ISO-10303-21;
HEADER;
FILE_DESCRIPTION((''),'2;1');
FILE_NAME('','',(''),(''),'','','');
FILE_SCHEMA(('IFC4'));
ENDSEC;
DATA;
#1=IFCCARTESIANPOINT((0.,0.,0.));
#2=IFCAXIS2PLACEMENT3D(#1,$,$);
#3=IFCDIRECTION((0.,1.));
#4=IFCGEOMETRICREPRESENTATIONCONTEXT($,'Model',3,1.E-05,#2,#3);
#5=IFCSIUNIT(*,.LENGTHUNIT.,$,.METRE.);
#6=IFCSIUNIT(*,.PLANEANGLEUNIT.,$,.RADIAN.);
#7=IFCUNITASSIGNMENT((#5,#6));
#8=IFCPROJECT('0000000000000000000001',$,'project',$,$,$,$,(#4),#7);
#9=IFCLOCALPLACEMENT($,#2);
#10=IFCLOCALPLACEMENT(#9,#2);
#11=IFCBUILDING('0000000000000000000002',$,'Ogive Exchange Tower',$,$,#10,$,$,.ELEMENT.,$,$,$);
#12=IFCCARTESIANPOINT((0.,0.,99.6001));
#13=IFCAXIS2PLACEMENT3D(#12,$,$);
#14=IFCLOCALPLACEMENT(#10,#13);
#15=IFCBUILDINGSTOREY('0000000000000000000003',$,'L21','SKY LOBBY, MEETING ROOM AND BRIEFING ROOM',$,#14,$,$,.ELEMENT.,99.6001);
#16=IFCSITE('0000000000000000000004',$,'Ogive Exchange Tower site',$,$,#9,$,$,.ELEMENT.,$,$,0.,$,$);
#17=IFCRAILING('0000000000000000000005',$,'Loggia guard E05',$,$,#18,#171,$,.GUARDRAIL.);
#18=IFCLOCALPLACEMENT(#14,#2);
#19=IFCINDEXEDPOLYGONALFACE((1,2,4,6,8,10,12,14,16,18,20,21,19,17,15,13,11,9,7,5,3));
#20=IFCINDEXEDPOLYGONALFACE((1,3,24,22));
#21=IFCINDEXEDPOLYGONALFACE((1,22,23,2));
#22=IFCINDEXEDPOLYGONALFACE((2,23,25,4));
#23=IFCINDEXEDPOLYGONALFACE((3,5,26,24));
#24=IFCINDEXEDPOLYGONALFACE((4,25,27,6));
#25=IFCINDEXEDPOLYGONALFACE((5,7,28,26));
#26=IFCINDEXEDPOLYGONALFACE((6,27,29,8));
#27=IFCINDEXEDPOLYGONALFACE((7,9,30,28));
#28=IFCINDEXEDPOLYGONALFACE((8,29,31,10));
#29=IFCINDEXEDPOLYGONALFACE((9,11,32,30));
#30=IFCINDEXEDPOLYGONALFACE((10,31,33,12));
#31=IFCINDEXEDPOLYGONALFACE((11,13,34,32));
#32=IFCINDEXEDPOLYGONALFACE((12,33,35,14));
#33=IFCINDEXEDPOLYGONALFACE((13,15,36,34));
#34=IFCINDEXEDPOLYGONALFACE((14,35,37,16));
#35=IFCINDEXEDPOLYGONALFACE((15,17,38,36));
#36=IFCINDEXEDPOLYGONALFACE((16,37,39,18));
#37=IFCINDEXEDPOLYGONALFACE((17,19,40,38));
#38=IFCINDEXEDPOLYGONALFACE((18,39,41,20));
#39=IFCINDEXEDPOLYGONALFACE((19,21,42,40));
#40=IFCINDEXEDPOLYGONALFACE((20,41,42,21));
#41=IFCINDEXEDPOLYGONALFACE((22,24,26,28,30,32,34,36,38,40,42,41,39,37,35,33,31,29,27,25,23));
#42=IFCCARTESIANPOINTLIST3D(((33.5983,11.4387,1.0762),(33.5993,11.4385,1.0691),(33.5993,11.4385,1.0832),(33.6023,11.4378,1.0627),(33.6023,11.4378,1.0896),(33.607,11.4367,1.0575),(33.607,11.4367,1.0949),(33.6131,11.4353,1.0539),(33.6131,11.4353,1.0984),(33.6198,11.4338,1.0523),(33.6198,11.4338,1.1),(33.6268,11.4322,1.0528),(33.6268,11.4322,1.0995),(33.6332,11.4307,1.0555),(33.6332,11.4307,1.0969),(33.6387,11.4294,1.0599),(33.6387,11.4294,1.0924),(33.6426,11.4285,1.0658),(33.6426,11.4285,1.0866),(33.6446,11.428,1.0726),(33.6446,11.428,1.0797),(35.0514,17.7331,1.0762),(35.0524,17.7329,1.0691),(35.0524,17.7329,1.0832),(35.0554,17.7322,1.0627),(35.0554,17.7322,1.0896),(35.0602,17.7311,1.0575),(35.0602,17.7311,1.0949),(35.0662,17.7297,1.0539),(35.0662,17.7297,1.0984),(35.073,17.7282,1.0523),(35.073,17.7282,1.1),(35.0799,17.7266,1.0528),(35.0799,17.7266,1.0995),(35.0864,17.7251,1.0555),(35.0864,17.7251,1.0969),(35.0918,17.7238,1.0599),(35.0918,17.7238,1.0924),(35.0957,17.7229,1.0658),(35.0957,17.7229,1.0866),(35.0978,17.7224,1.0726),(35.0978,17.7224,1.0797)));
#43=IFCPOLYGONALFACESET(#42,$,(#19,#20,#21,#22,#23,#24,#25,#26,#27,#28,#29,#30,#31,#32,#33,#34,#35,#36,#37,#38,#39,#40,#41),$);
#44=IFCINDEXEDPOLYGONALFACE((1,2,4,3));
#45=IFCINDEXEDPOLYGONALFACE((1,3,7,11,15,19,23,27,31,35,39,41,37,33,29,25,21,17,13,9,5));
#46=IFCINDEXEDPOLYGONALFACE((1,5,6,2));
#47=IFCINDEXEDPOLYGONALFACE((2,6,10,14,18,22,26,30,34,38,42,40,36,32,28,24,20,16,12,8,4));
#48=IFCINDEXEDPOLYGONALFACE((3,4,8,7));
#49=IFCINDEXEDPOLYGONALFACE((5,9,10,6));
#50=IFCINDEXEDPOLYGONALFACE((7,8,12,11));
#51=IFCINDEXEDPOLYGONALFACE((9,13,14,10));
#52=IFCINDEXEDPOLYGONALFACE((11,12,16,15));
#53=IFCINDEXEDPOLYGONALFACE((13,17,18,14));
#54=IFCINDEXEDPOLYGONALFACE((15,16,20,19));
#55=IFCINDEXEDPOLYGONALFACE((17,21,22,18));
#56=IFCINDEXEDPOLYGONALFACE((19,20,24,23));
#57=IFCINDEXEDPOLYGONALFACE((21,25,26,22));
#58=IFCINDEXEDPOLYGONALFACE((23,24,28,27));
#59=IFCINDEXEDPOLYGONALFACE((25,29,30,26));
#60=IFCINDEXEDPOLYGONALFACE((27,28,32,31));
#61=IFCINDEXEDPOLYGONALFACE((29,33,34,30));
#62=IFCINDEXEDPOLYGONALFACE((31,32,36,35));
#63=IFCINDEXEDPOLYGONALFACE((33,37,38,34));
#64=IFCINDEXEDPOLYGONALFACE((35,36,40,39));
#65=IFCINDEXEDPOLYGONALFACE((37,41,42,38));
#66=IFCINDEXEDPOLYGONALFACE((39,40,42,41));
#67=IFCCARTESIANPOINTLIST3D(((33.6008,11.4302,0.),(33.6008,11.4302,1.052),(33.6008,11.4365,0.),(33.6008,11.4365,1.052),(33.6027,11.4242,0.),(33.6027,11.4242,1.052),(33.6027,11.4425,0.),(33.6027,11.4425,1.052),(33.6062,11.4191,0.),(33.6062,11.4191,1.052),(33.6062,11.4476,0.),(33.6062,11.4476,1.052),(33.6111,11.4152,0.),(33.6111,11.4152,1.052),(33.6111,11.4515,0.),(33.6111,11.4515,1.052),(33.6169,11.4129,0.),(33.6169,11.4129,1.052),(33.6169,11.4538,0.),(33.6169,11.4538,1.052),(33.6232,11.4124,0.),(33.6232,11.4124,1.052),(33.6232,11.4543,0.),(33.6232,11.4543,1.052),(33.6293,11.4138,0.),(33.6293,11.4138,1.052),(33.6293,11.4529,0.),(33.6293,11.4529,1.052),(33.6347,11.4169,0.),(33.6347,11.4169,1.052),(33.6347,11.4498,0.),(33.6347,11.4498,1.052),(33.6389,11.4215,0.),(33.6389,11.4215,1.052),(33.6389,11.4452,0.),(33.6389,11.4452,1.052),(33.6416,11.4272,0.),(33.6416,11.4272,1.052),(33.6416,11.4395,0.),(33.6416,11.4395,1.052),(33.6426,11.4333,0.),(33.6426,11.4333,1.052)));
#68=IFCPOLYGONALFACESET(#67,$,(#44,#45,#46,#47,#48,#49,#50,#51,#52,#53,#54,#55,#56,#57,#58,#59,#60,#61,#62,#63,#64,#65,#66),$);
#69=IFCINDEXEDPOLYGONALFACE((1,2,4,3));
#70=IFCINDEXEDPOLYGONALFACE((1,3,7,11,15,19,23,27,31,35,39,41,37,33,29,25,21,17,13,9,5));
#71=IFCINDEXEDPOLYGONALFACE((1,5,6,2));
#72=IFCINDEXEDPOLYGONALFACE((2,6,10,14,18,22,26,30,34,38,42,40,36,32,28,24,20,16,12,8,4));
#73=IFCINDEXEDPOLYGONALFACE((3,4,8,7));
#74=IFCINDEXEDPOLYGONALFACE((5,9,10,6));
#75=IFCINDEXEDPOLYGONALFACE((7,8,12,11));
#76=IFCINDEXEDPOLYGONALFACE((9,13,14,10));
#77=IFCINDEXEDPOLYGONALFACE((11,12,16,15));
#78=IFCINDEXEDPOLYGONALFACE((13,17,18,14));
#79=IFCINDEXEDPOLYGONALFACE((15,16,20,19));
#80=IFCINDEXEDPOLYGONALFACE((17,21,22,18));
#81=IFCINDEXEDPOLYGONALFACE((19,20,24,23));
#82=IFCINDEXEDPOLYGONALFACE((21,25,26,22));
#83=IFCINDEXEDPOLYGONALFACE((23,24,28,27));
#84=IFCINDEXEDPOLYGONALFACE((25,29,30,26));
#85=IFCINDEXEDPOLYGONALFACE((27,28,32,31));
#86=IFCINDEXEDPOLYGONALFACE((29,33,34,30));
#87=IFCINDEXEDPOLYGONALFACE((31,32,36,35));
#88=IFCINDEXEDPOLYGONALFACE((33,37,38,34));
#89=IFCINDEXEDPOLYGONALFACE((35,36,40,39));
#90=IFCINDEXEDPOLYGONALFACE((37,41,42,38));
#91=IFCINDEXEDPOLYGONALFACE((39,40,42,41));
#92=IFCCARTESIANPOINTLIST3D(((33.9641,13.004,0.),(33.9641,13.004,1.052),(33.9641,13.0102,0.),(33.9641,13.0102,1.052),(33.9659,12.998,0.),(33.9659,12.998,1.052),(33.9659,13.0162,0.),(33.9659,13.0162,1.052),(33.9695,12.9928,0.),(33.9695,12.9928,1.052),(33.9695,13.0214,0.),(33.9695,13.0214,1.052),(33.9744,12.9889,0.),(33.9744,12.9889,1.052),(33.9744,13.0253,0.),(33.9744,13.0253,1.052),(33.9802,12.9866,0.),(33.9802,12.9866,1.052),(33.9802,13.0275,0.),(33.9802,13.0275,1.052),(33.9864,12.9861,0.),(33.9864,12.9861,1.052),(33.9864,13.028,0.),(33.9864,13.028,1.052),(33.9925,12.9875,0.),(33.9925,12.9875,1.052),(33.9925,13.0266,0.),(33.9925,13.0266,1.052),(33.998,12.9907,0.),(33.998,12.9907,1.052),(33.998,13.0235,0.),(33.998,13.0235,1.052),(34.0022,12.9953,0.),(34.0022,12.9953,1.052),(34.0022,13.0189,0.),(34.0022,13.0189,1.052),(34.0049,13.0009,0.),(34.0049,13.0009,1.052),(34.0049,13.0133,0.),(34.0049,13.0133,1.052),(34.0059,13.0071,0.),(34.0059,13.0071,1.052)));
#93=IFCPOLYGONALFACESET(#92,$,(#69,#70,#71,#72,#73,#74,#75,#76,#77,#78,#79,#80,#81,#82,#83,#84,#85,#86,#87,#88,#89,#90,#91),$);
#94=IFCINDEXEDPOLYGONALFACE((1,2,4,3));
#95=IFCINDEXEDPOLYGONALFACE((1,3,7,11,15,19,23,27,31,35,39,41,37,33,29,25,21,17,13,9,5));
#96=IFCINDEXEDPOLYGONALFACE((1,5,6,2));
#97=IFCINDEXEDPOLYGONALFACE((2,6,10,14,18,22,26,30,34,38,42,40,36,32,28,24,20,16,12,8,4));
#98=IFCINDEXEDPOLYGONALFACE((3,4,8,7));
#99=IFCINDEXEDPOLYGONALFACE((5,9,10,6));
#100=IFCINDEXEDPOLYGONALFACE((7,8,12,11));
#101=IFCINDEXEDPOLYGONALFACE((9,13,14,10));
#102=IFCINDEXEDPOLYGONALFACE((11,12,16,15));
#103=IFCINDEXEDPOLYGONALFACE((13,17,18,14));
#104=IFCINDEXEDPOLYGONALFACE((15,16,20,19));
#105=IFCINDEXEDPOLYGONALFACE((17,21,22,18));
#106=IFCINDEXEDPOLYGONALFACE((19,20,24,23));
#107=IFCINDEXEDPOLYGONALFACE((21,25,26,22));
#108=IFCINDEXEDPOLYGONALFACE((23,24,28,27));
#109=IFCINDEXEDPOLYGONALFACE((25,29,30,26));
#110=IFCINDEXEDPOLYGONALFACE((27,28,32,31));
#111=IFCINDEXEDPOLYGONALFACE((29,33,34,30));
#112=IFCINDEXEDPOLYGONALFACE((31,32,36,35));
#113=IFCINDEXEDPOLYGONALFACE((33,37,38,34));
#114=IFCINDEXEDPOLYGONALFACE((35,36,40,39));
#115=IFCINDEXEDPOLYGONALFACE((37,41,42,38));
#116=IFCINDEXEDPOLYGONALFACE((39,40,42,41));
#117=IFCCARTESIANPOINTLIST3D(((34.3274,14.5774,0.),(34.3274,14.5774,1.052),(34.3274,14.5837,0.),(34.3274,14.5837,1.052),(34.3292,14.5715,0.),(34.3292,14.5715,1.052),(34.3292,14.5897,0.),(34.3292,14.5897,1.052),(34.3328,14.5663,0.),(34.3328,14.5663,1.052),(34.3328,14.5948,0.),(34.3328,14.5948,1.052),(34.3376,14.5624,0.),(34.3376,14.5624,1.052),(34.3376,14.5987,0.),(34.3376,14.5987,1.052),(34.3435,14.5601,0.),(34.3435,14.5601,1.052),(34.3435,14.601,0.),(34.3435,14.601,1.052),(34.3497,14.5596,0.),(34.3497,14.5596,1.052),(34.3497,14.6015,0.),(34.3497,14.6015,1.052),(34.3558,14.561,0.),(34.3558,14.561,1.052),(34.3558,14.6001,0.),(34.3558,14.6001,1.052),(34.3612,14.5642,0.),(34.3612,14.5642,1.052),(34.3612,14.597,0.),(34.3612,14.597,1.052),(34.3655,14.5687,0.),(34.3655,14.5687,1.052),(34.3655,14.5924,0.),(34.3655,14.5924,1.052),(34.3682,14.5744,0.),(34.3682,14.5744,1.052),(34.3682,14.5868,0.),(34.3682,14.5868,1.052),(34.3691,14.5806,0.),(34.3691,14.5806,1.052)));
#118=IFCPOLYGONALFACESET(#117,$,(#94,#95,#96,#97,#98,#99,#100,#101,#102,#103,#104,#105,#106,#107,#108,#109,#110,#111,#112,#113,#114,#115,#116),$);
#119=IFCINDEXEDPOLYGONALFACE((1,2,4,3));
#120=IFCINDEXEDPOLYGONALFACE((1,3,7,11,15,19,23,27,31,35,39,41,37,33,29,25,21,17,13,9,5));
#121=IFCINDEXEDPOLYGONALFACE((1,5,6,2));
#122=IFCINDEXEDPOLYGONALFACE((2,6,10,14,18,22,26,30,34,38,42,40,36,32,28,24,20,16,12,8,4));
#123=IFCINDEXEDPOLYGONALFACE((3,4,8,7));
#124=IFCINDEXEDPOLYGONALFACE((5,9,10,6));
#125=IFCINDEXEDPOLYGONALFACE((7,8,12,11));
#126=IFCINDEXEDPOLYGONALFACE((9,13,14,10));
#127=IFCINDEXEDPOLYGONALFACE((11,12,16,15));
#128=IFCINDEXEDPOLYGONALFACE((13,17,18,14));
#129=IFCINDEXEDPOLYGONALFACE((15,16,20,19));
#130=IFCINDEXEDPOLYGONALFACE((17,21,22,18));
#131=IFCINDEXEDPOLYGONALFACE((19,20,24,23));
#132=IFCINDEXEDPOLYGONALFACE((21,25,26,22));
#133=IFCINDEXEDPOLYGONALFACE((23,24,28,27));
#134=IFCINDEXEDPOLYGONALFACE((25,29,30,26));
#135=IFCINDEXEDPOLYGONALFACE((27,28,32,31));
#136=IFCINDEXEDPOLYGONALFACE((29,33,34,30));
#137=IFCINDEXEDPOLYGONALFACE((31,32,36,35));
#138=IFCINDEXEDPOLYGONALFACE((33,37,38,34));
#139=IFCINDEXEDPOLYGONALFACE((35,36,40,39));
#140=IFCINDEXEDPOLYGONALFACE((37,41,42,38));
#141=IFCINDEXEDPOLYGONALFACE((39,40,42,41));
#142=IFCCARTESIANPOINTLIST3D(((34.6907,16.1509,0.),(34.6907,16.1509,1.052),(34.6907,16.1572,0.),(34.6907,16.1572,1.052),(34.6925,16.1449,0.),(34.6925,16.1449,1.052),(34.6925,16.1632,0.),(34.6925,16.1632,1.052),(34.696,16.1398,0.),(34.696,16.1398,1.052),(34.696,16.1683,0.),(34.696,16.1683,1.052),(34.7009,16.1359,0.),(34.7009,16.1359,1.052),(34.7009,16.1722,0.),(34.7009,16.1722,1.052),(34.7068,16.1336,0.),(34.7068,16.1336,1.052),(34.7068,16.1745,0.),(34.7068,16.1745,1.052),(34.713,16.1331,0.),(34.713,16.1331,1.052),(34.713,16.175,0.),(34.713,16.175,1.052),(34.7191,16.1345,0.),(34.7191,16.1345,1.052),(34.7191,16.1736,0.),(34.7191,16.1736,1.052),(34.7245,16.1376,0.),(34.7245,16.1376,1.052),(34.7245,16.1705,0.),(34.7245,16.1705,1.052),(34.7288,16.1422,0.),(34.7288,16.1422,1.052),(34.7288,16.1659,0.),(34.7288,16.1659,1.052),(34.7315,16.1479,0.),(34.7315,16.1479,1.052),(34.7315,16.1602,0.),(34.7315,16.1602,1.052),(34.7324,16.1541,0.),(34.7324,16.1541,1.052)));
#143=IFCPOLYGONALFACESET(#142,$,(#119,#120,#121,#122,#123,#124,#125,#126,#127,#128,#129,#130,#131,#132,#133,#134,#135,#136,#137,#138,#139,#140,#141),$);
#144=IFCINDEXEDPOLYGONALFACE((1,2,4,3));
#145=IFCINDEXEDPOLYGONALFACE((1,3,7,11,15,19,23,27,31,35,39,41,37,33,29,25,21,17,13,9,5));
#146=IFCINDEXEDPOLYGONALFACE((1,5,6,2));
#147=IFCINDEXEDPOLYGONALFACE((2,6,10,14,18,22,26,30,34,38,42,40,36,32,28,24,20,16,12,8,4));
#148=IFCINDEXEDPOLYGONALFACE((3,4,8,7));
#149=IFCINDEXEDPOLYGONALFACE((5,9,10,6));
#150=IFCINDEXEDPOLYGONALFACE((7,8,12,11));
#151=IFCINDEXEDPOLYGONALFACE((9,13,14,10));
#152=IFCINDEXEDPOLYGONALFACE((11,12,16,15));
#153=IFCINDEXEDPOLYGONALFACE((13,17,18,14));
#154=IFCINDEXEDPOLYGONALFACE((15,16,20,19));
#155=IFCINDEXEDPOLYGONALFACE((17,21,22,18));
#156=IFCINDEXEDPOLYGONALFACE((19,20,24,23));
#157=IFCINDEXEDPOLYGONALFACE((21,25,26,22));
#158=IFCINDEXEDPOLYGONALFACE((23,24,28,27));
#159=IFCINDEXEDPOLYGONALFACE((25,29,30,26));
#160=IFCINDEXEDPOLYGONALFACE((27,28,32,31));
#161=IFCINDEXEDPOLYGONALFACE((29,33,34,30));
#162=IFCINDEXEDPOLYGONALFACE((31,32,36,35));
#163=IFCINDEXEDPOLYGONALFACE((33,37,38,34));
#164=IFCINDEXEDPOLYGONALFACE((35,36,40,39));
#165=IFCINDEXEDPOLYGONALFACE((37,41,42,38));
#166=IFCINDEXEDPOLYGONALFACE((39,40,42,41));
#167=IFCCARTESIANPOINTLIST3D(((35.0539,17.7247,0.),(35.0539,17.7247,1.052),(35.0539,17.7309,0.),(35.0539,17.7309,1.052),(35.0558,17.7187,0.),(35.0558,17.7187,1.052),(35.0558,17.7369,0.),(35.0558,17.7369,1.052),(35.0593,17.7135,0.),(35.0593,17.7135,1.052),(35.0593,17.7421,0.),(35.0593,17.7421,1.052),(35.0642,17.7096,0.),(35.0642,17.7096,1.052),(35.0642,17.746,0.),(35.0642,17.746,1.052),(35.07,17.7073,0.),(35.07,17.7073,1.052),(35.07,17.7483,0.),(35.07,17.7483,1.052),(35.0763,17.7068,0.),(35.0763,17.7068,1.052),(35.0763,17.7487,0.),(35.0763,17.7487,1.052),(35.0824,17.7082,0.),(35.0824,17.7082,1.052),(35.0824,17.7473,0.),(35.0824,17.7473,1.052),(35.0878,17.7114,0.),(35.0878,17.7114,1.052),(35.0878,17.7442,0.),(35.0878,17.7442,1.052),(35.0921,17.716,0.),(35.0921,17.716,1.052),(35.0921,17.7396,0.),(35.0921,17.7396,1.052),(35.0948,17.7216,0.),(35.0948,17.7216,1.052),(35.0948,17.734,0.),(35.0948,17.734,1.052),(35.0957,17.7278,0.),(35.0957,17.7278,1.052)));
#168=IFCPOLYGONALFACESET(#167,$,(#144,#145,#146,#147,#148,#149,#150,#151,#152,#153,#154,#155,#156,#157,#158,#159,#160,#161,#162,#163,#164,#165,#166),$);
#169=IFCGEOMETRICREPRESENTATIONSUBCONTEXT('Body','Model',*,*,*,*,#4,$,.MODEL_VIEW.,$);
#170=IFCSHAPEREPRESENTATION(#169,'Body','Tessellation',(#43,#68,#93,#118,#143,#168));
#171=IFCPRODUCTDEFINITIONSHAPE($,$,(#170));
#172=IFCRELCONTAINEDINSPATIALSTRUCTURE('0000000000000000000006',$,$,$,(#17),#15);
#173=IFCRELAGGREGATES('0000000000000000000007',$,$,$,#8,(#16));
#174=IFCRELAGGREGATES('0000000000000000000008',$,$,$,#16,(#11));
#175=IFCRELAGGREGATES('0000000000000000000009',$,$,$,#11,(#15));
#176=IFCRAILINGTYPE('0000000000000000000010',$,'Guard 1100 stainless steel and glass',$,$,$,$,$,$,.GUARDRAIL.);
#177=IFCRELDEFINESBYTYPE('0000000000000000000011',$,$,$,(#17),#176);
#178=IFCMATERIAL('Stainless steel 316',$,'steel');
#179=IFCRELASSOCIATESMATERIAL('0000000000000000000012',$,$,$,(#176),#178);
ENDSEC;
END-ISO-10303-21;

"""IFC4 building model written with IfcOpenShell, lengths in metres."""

from ifc_helpers import new_model, si_unit, direction, frame, origin, origin_2d, place, context, subcontext, project, spatial, circle, extrude, material, type_object, element, save


model = new_model("IFC4")

# Units and contexts
model_context = context("Model", 3, precision=1e-05, world=origin(), true_north=direction((0.0, 1.0)))
body_context = subcontext(model_context, "Body", "Model", "MODEL_VIEW")
ifc_project = project(units=[si_unit("LENGTHUNIT", "METRE"), si_unit("PLANEANGLEUNIT", "RADIAN")], contexts=[model_context])

# Site, building, storey
site_placement = place(None, origin())
site = spatial("IfcSite", under=ifc_project, at=site_placement, Name="Ogive Exchange Tower site", CompositionType="ELEMENT", RefElevation=0.0)
building_placement = place(site_placement, origin())
building = spatial("IfcBuilding", under=site, at=building_placement, Name="Ogive Exchange Tower", CompositionType="ELEMENT")
storey_placement = place(building_placement, frame((0.0, 0.0, 99.6001)))
storey = spatial("IfcBuildingStorey", under=building, at=storey_placement, Name="L21", Description="SKY LOBBY, MEETING ROOM AND BRIEFING ROOM", CompositionType="ELEMENT", Elevation=99.6001)

# Railing
ifc_material_1 = material(Name="Stainless steel 316", Category="steel")
railing_type_1 = type_object("IfcRailingType", Name="Guard 1100 stainless steel and glass", PredefinedType="GUARDRAIL", material=ifc_material_1)
railing_1_placement = place(storey_placement, frame((33.6216, 11.4333, 0.0)))
element("IfcRailing", 1, at=railing_1_placement, inside=storey, type_object=railing_type_1, Name="Loggia guard E05", PredefinedType="GUARDRAIL", context=body_context, shape_type="SweptSolid", body=[
    extrude(circle(Radius=0.0239, at=origin_2d()), frame((0.0, 0.0, 1.0762), z_axis=(0.224942, 0.974372, 0.0), x_axis=(-0.974372, 0.224942, 0.0)), (0.0, 0.0, 1.0), 6.46),
    extrude(circle(Radius=0.021, at=origin_2d()), origin(), (0.0, 0.0, 1.0), 1.052),
    extrude(circle(Radius=0.021, at=origin_2d()), frame((0.3633, 1.5737, 0.0)), (0.0, 0.0, 1.0), 1.052),
    extrude(circle(Radius=0.021, at=origin_2d()), frame((0.7266, 3.1472, 0.0)), (0.0, 0.0, 1.0), 1.052),
    extrude(circle(Radius=0.021, at=origin_2d()), frame((1.0898, 4.7207, 0.0)), (0.0, 0.0, 1.0), 1.052),
    extrude(circle(Radius=0.021, at=origin_2d()), frame((1.4531, 6.2944, 0.0)), (0.0, 0.0, 1.0), 1.052),
])

save(model, "model.ifc")
